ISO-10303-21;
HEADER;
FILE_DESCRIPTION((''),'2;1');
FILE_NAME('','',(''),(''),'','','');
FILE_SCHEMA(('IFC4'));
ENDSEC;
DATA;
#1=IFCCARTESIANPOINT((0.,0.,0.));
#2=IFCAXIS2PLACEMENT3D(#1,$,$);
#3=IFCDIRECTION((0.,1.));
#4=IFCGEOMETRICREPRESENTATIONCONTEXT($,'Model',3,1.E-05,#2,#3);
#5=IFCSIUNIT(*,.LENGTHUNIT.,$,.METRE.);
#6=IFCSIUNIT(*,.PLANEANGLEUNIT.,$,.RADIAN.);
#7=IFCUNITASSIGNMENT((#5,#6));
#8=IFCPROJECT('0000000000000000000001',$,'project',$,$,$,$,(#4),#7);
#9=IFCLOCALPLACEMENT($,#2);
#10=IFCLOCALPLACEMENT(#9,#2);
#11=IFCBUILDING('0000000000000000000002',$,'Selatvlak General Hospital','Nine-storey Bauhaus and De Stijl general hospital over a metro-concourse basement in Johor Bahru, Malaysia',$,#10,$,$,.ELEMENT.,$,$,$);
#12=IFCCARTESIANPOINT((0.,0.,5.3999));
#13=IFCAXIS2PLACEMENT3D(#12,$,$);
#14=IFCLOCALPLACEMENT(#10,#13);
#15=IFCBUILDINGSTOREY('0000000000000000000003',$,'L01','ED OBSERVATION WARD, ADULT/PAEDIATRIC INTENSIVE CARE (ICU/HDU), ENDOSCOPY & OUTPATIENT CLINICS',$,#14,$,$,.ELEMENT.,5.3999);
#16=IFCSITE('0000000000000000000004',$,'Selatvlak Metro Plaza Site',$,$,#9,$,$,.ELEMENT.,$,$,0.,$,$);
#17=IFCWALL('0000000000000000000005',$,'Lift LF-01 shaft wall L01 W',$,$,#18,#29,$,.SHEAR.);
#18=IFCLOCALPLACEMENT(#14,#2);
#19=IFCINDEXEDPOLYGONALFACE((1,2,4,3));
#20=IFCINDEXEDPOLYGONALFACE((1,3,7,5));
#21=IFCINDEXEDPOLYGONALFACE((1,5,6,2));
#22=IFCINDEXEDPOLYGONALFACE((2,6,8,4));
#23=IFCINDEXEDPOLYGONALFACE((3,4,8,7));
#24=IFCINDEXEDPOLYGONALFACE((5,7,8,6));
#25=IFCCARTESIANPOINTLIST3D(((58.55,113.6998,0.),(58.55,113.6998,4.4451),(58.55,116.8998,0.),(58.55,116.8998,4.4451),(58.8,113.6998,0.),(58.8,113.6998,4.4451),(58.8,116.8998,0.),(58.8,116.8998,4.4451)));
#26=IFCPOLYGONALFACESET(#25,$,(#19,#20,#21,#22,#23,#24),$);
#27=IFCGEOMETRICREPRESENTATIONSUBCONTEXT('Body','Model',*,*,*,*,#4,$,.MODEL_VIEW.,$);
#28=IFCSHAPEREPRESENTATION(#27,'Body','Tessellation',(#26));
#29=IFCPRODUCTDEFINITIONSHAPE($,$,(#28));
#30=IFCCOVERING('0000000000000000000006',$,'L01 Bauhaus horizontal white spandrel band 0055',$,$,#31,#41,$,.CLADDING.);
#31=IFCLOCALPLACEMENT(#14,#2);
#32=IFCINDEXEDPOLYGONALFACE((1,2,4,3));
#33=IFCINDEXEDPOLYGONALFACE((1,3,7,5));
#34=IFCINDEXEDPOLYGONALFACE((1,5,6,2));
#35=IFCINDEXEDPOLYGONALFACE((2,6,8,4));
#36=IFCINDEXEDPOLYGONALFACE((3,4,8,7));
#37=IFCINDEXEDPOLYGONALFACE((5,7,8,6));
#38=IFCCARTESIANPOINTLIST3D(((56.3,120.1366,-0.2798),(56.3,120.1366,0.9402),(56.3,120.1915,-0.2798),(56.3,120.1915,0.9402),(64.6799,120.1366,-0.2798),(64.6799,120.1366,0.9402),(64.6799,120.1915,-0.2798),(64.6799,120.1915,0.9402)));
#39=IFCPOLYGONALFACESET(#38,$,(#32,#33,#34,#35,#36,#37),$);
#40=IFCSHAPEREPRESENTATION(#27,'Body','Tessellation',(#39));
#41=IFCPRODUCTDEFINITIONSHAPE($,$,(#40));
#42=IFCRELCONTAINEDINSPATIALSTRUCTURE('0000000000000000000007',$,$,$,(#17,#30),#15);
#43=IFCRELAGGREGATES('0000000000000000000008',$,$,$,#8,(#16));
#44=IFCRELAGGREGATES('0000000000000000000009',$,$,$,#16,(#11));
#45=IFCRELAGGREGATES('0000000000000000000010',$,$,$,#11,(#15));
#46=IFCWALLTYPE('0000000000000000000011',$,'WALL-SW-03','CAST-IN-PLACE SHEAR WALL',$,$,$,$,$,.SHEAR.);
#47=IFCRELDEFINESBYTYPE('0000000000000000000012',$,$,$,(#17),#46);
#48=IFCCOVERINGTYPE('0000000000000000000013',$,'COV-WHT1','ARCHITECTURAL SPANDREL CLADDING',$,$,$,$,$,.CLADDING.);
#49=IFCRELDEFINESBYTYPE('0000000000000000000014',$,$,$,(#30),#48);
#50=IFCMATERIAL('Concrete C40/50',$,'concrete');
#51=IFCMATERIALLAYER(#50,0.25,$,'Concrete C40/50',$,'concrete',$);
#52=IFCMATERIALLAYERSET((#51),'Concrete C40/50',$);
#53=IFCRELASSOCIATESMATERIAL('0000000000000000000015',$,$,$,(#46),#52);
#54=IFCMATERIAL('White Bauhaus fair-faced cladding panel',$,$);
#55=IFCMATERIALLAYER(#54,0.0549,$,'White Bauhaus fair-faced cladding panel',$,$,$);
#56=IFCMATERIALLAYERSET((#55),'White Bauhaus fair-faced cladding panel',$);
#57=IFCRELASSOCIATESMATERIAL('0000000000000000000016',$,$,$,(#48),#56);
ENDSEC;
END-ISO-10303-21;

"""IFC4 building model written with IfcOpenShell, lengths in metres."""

from ifc_helpers import new_model, si_unit, direction, frame, frame_2d, origin, origin_2d, place, context, subcontext, project, spatial, rectangle, extrude, material, layer, layer_set, type_object, element, save


model = new_model("IFC4")

# Units and contexts
model_context = context("Model", 3, precision=1e-05, world=origin(), true_north=direction((0.0, 1.0)))
body_context = subcontext(model_context, "Body", "Model", "MODEL_VIEW")
ifc_project = project(units=[si_unit("LENGTHUNIT", "METRE"), si_unit("PLANEANGLEUNIT", "RADIAN")], contexts=[model_context])

# Site, building, storey
site_placement = place(None, origin())
site = spatial("IfcSite", under=ifc_project, at=site_placement, Name="Selatvlak Metro Plaza Site", CompositionType="ELEMENT", RefElevation=0.0)
building_placement = place(site_placement, origin())
building = spatial("IfcBuilding", under=site, at=building_placement, Name="Selatvlak General Hospital", Description="Nine-storey Bauhaus and De Stijl general hospital over a metro-concourse basement in Johor Bahru, Malaysia", CompositionType="ELEMENT")
storey_placement = place(building_placement, frame((0.0, 0.0, 5.3999)))
storey = spatial("IfcBuildingStorey", under=building, at=storey_placement, Name="L01", Description="ED OBSERVATION WARD, ADULT/PAEDIATRIC INTENSIVE CARE (ICU/HDU), ENDOSCOPY & OUTPATIENT CLINICS", CompositionType="ELEMENT", Elevation=5.3999)

# Shared definitions
ifc_material_1 = material(Name="Concrete C40/50", Category="concrete")

# Wall
ifc_layer_1 = layer(ifc_material_1, 0.25, Name="Concrete C40/50", Category="concrete")
ifc_layer_set_1 = layer_set([ifc_layer_1], Name="Concrete C40/50")
wall_type_1 = type_object("IfcWallType", Name="WALL-SW-03", Description="CAST-IN-PLACE SHEAR WALL", PredefinedType="SHEAR", material=ifc_layer_set_1)
wall_1_placement = place(storey_placement, frame((58.675, 116.8999, 0.0), z_axis=(0.0, 0.0, 1.0), x_axis=(0.0, -1.0, 0.0)))
element("IfcWall", 1, at=wall_1_placement, inside=storey, type_object=wall_type_1, Name="Lift LF-01 shaft wall L01 W", PredefinedType="SHEAR", context=body_context, shape_type="SweptSolid", body=[
    extrude(rectangle(XDim=3.2, YDim=0.25, at=frame_2d((1.6001, 0.0))), origin(), (0.0, 0.0, 1.0), 4.4451),
])

# Covering
ifc_material_2 = material(Name="White Bauhaus fair-faced cladding panel")
ifc_layer_2 = layer(ifc_material_2, 0.0549, Name="White Bauhaus fair-faced cladding panel")
ifc_layer_set_2 = layer_set([ifc_layer_2], Name="White Bauhaus fair-faced cladding panel")
covering_type = type_object("IfcCoveringType", Name="COV-WHT1", Description="ARCHITECTURAL SPANDREL CLADDING", PredefinedType="CLADDING", material=ifc_layer_set_2)
covering_placement = place(storey_placement, frame((60.49, 120.1641, -0.2798), z_axis=(0.0, 0.0, 1.0), x_axis=(1.0, 0.0, 0.0)))
element("IfcCovering", 2, at=covering_placement, inside=storey, type_object=covering_type, Name="L01 Bauhaus horizontal white spandrel band 0055", PredefinedType="CLADDING", context=body_context, shape_type="SweptSolid", body=[
    extrude(rectangle(XDim=8.3799, YDim=0.0549, at=origin_2d()), origin(), (0.0, 0.0, 1.0), 1.22),
])

save(model, "model.ifc")
